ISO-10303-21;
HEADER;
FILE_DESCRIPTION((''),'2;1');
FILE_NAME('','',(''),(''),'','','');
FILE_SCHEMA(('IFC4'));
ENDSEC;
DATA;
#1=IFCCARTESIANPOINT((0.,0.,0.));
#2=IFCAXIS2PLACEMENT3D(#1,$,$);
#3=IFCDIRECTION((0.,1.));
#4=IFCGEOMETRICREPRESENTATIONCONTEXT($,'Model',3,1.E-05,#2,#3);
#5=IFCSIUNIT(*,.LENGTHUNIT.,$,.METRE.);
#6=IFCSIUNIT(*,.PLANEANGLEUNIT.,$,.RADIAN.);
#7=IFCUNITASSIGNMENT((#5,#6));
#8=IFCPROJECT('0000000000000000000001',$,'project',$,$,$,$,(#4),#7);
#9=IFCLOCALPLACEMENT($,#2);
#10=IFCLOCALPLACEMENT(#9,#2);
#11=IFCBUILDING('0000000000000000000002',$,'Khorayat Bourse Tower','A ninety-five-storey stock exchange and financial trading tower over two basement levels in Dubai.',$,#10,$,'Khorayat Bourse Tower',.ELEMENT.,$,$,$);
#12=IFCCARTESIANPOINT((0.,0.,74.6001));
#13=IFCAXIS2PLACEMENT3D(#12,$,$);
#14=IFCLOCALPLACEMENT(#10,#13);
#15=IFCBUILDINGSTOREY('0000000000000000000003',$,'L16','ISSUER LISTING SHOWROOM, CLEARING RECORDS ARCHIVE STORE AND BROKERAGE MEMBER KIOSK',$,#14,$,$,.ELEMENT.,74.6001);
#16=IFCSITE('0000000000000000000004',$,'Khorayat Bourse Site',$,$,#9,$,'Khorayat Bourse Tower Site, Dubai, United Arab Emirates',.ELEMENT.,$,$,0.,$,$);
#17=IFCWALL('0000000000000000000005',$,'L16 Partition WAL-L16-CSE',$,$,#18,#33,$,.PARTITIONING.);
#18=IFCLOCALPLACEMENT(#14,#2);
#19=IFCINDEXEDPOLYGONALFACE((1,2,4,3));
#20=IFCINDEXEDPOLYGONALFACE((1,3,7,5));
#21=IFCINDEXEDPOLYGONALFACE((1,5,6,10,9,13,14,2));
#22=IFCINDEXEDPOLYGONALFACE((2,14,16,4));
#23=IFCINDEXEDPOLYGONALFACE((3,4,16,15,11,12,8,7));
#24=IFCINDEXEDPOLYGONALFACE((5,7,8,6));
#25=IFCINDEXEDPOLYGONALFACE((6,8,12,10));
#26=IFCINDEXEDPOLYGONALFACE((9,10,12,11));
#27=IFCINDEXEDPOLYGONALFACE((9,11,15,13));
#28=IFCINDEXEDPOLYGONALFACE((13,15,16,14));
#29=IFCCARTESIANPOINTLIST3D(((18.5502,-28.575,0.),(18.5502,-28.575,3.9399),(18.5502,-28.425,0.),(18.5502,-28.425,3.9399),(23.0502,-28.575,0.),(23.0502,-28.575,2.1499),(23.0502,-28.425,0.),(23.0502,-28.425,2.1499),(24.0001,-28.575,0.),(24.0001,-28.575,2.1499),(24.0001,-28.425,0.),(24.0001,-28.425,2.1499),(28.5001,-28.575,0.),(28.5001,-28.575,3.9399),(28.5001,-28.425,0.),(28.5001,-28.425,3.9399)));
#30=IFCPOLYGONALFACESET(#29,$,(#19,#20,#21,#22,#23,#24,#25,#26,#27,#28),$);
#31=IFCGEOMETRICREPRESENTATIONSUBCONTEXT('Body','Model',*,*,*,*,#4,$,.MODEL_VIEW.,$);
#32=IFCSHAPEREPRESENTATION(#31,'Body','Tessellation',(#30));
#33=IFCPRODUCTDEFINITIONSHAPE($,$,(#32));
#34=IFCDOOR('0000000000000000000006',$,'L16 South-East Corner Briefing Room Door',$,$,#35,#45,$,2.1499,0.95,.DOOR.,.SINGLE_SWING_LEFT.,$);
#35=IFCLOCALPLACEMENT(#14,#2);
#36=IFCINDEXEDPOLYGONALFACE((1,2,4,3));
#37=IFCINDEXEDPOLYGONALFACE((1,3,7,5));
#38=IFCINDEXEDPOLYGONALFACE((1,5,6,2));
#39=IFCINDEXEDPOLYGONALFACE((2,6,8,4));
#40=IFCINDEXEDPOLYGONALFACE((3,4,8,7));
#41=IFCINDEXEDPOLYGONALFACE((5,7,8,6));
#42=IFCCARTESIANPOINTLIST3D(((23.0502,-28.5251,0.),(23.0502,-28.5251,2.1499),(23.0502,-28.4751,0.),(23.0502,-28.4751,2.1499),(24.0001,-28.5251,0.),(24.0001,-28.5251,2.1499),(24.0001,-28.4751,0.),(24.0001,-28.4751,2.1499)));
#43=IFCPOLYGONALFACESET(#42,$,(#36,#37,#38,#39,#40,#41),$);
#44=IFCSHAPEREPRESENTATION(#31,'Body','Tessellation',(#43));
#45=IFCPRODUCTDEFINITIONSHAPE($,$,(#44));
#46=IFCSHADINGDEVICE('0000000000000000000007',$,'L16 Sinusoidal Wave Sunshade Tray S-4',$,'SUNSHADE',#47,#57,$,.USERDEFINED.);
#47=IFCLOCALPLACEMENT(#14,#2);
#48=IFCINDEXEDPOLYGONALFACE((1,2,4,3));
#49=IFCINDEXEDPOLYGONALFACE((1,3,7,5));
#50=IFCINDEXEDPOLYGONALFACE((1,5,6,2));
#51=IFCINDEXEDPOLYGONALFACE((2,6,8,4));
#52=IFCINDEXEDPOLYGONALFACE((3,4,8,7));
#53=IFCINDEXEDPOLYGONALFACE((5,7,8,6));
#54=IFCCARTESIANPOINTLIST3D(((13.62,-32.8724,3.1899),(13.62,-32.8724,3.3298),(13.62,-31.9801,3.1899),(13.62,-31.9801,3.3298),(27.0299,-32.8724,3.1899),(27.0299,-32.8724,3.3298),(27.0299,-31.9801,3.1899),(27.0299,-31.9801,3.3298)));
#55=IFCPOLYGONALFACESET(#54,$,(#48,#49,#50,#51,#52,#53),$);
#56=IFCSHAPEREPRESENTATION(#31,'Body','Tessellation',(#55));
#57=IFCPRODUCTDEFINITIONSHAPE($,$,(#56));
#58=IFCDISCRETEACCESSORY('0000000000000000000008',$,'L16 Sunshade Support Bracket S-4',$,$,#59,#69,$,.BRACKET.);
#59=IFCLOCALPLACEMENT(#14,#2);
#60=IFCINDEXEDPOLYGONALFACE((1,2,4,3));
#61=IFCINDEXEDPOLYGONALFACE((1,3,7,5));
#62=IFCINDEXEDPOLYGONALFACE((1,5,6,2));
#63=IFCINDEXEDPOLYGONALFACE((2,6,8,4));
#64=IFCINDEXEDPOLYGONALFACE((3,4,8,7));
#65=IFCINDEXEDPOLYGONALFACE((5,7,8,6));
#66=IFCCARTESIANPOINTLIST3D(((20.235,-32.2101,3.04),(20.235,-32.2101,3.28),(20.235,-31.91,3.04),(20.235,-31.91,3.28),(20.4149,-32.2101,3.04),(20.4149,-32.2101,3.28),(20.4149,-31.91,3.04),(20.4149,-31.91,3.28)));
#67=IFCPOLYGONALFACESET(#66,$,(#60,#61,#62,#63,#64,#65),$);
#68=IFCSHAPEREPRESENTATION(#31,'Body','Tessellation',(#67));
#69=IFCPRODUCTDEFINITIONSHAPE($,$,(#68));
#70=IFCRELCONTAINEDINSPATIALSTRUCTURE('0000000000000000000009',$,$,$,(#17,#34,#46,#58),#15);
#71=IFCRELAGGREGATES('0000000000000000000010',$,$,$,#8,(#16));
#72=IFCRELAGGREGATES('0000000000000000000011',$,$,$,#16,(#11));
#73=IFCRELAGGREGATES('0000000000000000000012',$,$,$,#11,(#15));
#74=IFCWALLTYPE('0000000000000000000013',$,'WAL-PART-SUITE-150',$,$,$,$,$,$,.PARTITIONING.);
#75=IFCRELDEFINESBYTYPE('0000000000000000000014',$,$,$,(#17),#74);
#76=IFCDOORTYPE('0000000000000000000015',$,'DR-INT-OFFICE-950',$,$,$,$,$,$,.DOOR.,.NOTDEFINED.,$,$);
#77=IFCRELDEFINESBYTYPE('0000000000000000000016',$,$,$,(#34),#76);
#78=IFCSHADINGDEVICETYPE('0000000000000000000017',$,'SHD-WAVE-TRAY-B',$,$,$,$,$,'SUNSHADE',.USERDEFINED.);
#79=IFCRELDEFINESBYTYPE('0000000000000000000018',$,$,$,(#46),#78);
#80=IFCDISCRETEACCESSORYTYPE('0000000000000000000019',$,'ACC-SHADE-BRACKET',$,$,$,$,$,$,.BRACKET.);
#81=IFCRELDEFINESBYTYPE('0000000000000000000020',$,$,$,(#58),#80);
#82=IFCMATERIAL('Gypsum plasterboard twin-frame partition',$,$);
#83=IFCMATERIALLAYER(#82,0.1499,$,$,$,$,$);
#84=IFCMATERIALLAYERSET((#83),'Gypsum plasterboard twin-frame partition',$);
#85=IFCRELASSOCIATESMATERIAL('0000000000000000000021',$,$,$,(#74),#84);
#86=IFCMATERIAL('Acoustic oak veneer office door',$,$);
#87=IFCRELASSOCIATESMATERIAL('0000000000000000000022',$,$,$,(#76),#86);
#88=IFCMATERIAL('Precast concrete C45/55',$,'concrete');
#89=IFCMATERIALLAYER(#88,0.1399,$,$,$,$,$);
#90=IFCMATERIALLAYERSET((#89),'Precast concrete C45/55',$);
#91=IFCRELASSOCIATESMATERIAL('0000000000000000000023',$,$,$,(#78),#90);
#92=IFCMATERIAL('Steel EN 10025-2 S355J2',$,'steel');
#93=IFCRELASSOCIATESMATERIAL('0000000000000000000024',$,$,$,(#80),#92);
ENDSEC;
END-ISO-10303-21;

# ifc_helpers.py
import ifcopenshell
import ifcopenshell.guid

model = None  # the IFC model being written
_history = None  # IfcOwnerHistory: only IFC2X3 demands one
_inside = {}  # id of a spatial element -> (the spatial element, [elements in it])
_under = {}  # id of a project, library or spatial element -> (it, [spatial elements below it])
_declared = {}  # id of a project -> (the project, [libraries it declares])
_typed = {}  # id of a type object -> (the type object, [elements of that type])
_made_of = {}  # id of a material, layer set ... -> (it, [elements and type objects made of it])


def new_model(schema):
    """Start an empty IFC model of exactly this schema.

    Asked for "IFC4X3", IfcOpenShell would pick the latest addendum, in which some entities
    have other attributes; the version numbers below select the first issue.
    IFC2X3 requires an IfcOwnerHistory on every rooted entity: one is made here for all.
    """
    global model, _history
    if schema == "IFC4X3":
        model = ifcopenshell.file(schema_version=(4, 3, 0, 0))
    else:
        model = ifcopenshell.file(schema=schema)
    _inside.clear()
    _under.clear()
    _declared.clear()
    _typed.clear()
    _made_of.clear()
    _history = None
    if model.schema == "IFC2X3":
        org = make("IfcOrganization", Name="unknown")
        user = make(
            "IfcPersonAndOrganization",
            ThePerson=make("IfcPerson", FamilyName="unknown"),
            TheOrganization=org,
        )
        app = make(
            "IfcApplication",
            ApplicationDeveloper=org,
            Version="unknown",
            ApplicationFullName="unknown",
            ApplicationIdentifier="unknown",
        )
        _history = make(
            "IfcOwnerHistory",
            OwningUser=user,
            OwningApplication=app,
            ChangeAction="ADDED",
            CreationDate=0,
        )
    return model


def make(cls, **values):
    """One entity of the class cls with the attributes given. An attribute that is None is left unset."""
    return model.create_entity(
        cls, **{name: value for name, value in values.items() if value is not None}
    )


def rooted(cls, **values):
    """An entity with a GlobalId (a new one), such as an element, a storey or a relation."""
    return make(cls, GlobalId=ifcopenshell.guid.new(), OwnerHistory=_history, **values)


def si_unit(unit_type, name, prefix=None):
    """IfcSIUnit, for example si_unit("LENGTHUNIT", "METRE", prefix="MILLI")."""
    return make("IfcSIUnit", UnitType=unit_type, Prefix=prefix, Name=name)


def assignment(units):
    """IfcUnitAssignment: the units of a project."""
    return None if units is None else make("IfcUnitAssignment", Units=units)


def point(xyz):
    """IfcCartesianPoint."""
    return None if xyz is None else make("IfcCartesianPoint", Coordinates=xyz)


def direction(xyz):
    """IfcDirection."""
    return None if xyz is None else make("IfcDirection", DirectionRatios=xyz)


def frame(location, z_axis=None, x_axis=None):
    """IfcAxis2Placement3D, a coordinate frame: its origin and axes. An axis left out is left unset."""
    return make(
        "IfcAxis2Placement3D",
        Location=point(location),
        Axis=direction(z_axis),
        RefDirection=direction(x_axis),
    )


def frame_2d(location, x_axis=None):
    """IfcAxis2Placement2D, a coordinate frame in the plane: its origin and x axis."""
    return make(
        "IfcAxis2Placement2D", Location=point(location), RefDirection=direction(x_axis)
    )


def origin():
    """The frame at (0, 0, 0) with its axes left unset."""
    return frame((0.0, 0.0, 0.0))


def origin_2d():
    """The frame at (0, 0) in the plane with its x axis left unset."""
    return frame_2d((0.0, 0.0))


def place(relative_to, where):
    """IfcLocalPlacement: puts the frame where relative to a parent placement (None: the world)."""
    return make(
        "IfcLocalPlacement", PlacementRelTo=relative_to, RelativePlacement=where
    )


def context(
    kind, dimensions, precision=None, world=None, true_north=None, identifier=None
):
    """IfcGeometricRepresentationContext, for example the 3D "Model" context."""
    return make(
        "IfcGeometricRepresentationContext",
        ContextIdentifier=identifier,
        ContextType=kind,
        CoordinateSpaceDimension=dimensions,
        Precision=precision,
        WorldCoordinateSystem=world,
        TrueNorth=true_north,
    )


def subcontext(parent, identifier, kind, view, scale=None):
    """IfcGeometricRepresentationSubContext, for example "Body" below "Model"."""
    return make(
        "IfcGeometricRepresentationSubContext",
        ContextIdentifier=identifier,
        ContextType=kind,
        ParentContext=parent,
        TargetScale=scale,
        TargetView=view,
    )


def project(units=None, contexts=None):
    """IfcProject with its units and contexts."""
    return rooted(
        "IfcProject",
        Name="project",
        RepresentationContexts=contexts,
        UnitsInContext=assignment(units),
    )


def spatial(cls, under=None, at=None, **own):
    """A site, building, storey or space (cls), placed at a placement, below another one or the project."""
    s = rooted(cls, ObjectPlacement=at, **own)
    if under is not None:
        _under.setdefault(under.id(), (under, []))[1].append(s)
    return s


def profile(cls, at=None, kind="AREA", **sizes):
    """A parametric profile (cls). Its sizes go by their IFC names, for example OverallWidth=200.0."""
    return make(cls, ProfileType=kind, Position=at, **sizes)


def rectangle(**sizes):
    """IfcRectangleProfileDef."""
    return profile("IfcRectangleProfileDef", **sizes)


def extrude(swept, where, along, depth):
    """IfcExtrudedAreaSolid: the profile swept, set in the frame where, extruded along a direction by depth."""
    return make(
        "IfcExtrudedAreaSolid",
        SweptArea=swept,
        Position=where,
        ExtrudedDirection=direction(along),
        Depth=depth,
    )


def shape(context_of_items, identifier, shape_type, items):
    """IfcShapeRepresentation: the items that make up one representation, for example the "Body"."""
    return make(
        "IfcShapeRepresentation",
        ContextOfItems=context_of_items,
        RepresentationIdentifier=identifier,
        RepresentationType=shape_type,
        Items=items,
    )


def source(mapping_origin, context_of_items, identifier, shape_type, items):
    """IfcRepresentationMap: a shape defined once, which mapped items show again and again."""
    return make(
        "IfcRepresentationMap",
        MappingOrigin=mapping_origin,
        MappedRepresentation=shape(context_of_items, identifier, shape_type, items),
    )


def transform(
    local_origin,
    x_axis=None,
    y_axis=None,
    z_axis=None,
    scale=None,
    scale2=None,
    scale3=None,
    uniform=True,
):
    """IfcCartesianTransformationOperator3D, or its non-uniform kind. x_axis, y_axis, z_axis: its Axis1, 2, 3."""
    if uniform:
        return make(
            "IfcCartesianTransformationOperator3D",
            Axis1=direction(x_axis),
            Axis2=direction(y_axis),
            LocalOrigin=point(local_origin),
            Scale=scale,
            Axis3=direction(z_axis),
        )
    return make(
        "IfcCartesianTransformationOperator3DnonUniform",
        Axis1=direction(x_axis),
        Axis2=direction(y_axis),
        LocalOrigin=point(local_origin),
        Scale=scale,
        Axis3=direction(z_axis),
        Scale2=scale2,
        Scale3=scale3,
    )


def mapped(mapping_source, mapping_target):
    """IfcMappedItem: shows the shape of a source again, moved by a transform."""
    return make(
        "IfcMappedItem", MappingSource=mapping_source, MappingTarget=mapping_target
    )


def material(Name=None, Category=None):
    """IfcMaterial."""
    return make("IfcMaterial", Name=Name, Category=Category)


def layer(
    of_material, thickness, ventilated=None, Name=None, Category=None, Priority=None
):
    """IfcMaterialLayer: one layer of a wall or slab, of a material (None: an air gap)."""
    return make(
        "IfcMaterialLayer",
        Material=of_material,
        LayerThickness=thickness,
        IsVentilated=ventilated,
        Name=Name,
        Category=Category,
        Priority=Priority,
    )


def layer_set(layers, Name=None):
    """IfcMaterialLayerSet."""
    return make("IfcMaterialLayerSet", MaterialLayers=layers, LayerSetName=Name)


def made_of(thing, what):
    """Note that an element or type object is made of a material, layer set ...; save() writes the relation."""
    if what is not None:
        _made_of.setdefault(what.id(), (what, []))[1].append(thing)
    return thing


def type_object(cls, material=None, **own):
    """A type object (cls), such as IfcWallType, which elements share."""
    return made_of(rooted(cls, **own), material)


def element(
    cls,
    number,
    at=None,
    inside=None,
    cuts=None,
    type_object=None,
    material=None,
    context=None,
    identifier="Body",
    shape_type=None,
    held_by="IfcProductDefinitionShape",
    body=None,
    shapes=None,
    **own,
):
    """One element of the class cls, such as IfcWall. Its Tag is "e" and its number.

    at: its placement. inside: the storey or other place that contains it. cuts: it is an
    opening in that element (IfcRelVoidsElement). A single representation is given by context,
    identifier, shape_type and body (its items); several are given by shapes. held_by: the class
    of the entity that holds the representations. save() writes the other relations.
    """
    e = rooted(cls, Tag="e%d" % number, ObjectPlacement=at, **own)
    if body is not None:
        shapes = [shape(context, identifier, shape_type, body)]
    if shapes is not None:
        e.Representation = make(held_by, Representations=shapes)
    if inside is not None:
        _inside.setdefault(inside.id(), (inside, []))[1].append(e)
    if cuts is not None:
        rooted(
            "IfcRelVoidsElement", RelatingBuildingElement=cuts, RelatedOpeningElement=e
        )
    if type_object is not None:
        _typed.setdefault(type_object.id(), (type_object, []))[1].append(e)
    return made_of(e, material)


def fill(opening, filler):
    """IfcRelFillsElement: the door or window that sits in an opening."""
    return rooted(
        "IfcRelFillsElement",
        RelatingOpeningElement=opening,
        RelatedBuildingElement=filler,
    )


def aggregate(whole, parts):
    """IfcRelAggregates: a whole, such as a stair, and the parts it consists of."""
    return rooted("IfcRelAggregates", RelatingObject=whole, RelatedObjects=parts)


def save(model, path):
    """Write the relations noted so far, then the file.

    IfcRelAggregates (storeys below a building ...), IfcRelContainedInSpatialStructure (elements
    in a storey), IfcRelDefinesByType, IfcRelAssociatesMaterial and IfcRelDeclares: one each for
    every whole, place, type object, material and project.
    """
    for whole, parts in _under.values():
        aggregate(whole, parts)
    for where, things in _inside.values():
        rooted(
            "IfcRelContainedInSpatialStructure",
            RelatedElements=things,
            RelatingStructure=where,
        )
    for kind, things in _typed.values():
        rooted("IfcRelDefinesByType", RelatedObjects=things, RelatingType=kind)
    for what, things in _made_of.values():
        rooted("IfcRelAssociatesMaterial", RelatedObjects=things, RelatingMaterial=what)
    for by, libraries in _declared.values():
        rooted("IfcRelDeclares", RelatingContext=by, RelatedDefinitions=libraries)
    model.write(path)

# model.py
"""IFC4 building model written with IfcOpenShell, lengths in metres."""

from ifc_helpers import new_model, si_unit, direction, frame, frame_2d, origin, origin_2d, place, context, subcontext, project, spatial, rectangle, extrude, source, transform, mapped, material, layer, layer_set, type_object, element, fill, save


model = new_model("IFC4")

# Units and contexts
model_context = context("Model", 3, precision=1e-05, world=origin(), true_north=direction((0.0, 1.0)))
body_context = subcontext(model_context, "Body", "Model", "MODEL_VIEW")
ifc_project = project(units=[si_unit("LENGTHUNIT", "METRE"), si_unit("PLANEANGLEUNIT", "RADIAN")], contexts=[model_context])

# Site, building, storey
site_placement = place(None, origin())
site = spatial("IfcSite", under=ifc_project, at=site_placement, Name="Khorayat Bourse Site", LongName="Khorayat Bourse Tower Site, Dubai, United Arab Emirates", CompositionType="ELEMENT", RefElevation=0.0)
building_placement = place(site_placement, origin())
building = spatial("IfcBuilding", under=site, at=building_placement, Name="Khorayat Bourse Tower", Description="A ninety-five-storey stock exchange and financial trading tower over two basement levels in Dubai.", LongName="Khorayat Bourse Tower", CompositionType="ELEMENT")
storey_placement = place(building_placement, frame((0.0, 0.0, 74.6001)))
storey = spatial("IfcBuildingStorey", under=building, at=storey_placement, Name="L16", Description="ISSUER LISTING SHOWROOM, CLEARING RECORDS ARCHIVE STORE AND BROKERAGE MEMBER KIOSK", CompositionType="ELEMENT", Elevation=74.6001)

# Shared definitions
ifc_material_1 = material(Name="Precast concrete C45/55", Category="concrete")

# Shared definitions
ifc_material_2 = material(Name="Gypsum plasterboard twin-frame partition")
ifc_layer_1 = layer(ifc_material_2, 0.1499)
ifc_layer_set_1 = layer_set([ifc_layer_1], Name="Gypsum plasterboard twin-frame partition")
wall_type_1 = type_object("IfcWallType", Name="WAL-PART-SUITE-150", PredefinedType="PARTITIONING", material=ifc_layer_set_1)

# Shared definitions
ifc_material_3 = material(Name="Acoustic oak veneer office door")
door_type = type_object("IfcDoorType", Name="DR-INT-OFFICE-950", OperationType="NOTDEFINED", PredefinedType="DOOR", material=ifc_material_3)
shared_shape_1 = source(origin(), body_context, "Body", "SweptSolid", [
    extrude(rectangle(XDim=0.95, YDim=2.1499, at=frame_2d((0.4751, 1.075))), frame((0.0, 0.0249, 0.0), z_axis=(0.0, -1.0, 0.0), x_axis=(1.0, 0.0, 0.0)), (0.0, 0.0, 1.0), 0.05),
])

# Wall, opening, door
shared_shape_2 = source(origin(), body_context, "Body", "SweptSolid", [
    extrude(rectangle(XDim=9.95, YDim=0.1499, at=frame_2d((4.9751, 0.0))), origin(), (0.0, 0.0, 1.0), 3.9399),
])
wall_1_placement = place(storey_placement, frame((18.55, -28.5, 0.0), z_axis=(0.0, 0.0, 1.0), x_axis=(1.0, 0.0, 0.0)))
wall_1 = element("IfcWall", 1, at=wall_1_placement, inside=storey, type_object=wall_type_1, Name="L16 Partition WAL-L16-CSE", PredefinedType="PARTITIONING", context=body_context, shape_type="MappedRepresentation", body=[
    mapped(shared_shape_2, transform((0.0, 0.0, 0.0), scale=1.0)),
])
shared_shape_3 = source(origin(), body_context, "Body", "SweptSolid", [
    extrude(rectangle(XDim=0.95, YDim=2.1499, at=frame_2d((0.4751, 1.075))), frame((0.0, 0.085, 0.0), z_axis=(0.0, -1.0, 0.0), x_axis=(1.0, 0.0, 0.0)), (0.0, 0.0, 1.0), 0.1699),
])
opening_1_placement = place(wall_1_placement, frame((4.5, 0.0, 0.0)))
opening_1 = element("IfcOpeningElement", 2, at=opening_1_placement, cuts=wall_1, PredefinedType="OPENING", context=body_context, shape_type="MappedRepresentation", body=[
    mapped(shared_shape_3, transform((0.0, 0.0, 0.0), scale=1.0)),
])
door_1_placement = place(opening_1_placement, origin())
door_1 = element("IfcDoor", 3, at=door_1_placement, inside=storey, type_object=door_type, Name="L16 South-East Corner Briefing Room Door", OperationType="SINGLE_SWING_LEFT", OverallHeight=2.1499, OverallWidth=0.95, PredefinedType="DOOR", context=body_context, shape_type="MappedRepresentation", body=[
    mapped(shared_shape_1, transform((0.0, 0.0, 0.0), scale=1.0)),
])
fill(opening_1, door_1)

# Shading device
ifc_layer_2 = layer(ifc_material_1, 0.1399)
ifc_layer_set_2 = layer_set([ifc_layer_2], Name="Precast concrete C45/55")
shading_device_type = type_object("IfcShadingDeviceType", Name="SHD-WAVE-TRAY-B", ElementType="SUNSHADE", PredefinedType="USERDEFINED", material=ifc_layer_set_2)
shared_shape_4 = source(origin(), body_context, "Body", "SweptSolid", [
    extrude(rectangle(XDim=13.4099, YDim=0.8923, at=origin_2d()), origin(), (0.0, 0.0, 1.0), 0.1399),
])
shading_device_placement = place(storey_placement, frame((20.325, -32.4263, 3.1899), z_axis=(0.0, 0.0, 1.0), x_axis=(1.0, 0.0, 0.0)))
element("IfcShadingDevice", 4, at=shading_device_placement, inside=storey, type_object=shading_device_type, Name="L16 Sinusoidal Wave Sunshade Tray S-4", ObjectType="SUNSHADE", PredefinedType="USERDEFINED", context=body_context, shape_type="MappedRepresentation", body=[
    mapped(shared_shape_4, transform((0.0, 0.0, 0.0), scale=1.0)),
])

# Discrete accessory
ifc_material_4 = material(Name="Steel EN 10025-2 S355J2", Category="steel")
discrete_accessory_type = type_object("IfcDiscreteAccessoryType", Name="ACC-SHADE-BRACKET", PredefinedType="BRACKET", material=ifc_material_4)
shared_shape_5 = source(origin(), body_context, "Body", "SweptSolid", [
    extrude(rectangle(XDim=0.1799, YDim=0.3, at=origin_2d()), origin(), (0.0, 0.0, 1.0), 0.24),
])
discrete_accessory_placement = place(storey_placement, frame((20.325, -32.0601, 3.04), z_axis=(0.0, 0.0, 1.0), x_axis=(1.0, 0.0, 0.0)))
element("IfcDiscreteAccessory", 5, at=discrete_accessory_placement, inside=storey, type_object=discrete_accessory_type, Name="L16 Sunshade Support Bracket S-4", PredefinedType="BRACKET", context=body_context, shape_type="MappedRepresentation", body=[
    mapped(shared_shape_5, transform((0.0, 0.0, 0.0), scale=1.0)),
])

save(model, "model.ifc")
